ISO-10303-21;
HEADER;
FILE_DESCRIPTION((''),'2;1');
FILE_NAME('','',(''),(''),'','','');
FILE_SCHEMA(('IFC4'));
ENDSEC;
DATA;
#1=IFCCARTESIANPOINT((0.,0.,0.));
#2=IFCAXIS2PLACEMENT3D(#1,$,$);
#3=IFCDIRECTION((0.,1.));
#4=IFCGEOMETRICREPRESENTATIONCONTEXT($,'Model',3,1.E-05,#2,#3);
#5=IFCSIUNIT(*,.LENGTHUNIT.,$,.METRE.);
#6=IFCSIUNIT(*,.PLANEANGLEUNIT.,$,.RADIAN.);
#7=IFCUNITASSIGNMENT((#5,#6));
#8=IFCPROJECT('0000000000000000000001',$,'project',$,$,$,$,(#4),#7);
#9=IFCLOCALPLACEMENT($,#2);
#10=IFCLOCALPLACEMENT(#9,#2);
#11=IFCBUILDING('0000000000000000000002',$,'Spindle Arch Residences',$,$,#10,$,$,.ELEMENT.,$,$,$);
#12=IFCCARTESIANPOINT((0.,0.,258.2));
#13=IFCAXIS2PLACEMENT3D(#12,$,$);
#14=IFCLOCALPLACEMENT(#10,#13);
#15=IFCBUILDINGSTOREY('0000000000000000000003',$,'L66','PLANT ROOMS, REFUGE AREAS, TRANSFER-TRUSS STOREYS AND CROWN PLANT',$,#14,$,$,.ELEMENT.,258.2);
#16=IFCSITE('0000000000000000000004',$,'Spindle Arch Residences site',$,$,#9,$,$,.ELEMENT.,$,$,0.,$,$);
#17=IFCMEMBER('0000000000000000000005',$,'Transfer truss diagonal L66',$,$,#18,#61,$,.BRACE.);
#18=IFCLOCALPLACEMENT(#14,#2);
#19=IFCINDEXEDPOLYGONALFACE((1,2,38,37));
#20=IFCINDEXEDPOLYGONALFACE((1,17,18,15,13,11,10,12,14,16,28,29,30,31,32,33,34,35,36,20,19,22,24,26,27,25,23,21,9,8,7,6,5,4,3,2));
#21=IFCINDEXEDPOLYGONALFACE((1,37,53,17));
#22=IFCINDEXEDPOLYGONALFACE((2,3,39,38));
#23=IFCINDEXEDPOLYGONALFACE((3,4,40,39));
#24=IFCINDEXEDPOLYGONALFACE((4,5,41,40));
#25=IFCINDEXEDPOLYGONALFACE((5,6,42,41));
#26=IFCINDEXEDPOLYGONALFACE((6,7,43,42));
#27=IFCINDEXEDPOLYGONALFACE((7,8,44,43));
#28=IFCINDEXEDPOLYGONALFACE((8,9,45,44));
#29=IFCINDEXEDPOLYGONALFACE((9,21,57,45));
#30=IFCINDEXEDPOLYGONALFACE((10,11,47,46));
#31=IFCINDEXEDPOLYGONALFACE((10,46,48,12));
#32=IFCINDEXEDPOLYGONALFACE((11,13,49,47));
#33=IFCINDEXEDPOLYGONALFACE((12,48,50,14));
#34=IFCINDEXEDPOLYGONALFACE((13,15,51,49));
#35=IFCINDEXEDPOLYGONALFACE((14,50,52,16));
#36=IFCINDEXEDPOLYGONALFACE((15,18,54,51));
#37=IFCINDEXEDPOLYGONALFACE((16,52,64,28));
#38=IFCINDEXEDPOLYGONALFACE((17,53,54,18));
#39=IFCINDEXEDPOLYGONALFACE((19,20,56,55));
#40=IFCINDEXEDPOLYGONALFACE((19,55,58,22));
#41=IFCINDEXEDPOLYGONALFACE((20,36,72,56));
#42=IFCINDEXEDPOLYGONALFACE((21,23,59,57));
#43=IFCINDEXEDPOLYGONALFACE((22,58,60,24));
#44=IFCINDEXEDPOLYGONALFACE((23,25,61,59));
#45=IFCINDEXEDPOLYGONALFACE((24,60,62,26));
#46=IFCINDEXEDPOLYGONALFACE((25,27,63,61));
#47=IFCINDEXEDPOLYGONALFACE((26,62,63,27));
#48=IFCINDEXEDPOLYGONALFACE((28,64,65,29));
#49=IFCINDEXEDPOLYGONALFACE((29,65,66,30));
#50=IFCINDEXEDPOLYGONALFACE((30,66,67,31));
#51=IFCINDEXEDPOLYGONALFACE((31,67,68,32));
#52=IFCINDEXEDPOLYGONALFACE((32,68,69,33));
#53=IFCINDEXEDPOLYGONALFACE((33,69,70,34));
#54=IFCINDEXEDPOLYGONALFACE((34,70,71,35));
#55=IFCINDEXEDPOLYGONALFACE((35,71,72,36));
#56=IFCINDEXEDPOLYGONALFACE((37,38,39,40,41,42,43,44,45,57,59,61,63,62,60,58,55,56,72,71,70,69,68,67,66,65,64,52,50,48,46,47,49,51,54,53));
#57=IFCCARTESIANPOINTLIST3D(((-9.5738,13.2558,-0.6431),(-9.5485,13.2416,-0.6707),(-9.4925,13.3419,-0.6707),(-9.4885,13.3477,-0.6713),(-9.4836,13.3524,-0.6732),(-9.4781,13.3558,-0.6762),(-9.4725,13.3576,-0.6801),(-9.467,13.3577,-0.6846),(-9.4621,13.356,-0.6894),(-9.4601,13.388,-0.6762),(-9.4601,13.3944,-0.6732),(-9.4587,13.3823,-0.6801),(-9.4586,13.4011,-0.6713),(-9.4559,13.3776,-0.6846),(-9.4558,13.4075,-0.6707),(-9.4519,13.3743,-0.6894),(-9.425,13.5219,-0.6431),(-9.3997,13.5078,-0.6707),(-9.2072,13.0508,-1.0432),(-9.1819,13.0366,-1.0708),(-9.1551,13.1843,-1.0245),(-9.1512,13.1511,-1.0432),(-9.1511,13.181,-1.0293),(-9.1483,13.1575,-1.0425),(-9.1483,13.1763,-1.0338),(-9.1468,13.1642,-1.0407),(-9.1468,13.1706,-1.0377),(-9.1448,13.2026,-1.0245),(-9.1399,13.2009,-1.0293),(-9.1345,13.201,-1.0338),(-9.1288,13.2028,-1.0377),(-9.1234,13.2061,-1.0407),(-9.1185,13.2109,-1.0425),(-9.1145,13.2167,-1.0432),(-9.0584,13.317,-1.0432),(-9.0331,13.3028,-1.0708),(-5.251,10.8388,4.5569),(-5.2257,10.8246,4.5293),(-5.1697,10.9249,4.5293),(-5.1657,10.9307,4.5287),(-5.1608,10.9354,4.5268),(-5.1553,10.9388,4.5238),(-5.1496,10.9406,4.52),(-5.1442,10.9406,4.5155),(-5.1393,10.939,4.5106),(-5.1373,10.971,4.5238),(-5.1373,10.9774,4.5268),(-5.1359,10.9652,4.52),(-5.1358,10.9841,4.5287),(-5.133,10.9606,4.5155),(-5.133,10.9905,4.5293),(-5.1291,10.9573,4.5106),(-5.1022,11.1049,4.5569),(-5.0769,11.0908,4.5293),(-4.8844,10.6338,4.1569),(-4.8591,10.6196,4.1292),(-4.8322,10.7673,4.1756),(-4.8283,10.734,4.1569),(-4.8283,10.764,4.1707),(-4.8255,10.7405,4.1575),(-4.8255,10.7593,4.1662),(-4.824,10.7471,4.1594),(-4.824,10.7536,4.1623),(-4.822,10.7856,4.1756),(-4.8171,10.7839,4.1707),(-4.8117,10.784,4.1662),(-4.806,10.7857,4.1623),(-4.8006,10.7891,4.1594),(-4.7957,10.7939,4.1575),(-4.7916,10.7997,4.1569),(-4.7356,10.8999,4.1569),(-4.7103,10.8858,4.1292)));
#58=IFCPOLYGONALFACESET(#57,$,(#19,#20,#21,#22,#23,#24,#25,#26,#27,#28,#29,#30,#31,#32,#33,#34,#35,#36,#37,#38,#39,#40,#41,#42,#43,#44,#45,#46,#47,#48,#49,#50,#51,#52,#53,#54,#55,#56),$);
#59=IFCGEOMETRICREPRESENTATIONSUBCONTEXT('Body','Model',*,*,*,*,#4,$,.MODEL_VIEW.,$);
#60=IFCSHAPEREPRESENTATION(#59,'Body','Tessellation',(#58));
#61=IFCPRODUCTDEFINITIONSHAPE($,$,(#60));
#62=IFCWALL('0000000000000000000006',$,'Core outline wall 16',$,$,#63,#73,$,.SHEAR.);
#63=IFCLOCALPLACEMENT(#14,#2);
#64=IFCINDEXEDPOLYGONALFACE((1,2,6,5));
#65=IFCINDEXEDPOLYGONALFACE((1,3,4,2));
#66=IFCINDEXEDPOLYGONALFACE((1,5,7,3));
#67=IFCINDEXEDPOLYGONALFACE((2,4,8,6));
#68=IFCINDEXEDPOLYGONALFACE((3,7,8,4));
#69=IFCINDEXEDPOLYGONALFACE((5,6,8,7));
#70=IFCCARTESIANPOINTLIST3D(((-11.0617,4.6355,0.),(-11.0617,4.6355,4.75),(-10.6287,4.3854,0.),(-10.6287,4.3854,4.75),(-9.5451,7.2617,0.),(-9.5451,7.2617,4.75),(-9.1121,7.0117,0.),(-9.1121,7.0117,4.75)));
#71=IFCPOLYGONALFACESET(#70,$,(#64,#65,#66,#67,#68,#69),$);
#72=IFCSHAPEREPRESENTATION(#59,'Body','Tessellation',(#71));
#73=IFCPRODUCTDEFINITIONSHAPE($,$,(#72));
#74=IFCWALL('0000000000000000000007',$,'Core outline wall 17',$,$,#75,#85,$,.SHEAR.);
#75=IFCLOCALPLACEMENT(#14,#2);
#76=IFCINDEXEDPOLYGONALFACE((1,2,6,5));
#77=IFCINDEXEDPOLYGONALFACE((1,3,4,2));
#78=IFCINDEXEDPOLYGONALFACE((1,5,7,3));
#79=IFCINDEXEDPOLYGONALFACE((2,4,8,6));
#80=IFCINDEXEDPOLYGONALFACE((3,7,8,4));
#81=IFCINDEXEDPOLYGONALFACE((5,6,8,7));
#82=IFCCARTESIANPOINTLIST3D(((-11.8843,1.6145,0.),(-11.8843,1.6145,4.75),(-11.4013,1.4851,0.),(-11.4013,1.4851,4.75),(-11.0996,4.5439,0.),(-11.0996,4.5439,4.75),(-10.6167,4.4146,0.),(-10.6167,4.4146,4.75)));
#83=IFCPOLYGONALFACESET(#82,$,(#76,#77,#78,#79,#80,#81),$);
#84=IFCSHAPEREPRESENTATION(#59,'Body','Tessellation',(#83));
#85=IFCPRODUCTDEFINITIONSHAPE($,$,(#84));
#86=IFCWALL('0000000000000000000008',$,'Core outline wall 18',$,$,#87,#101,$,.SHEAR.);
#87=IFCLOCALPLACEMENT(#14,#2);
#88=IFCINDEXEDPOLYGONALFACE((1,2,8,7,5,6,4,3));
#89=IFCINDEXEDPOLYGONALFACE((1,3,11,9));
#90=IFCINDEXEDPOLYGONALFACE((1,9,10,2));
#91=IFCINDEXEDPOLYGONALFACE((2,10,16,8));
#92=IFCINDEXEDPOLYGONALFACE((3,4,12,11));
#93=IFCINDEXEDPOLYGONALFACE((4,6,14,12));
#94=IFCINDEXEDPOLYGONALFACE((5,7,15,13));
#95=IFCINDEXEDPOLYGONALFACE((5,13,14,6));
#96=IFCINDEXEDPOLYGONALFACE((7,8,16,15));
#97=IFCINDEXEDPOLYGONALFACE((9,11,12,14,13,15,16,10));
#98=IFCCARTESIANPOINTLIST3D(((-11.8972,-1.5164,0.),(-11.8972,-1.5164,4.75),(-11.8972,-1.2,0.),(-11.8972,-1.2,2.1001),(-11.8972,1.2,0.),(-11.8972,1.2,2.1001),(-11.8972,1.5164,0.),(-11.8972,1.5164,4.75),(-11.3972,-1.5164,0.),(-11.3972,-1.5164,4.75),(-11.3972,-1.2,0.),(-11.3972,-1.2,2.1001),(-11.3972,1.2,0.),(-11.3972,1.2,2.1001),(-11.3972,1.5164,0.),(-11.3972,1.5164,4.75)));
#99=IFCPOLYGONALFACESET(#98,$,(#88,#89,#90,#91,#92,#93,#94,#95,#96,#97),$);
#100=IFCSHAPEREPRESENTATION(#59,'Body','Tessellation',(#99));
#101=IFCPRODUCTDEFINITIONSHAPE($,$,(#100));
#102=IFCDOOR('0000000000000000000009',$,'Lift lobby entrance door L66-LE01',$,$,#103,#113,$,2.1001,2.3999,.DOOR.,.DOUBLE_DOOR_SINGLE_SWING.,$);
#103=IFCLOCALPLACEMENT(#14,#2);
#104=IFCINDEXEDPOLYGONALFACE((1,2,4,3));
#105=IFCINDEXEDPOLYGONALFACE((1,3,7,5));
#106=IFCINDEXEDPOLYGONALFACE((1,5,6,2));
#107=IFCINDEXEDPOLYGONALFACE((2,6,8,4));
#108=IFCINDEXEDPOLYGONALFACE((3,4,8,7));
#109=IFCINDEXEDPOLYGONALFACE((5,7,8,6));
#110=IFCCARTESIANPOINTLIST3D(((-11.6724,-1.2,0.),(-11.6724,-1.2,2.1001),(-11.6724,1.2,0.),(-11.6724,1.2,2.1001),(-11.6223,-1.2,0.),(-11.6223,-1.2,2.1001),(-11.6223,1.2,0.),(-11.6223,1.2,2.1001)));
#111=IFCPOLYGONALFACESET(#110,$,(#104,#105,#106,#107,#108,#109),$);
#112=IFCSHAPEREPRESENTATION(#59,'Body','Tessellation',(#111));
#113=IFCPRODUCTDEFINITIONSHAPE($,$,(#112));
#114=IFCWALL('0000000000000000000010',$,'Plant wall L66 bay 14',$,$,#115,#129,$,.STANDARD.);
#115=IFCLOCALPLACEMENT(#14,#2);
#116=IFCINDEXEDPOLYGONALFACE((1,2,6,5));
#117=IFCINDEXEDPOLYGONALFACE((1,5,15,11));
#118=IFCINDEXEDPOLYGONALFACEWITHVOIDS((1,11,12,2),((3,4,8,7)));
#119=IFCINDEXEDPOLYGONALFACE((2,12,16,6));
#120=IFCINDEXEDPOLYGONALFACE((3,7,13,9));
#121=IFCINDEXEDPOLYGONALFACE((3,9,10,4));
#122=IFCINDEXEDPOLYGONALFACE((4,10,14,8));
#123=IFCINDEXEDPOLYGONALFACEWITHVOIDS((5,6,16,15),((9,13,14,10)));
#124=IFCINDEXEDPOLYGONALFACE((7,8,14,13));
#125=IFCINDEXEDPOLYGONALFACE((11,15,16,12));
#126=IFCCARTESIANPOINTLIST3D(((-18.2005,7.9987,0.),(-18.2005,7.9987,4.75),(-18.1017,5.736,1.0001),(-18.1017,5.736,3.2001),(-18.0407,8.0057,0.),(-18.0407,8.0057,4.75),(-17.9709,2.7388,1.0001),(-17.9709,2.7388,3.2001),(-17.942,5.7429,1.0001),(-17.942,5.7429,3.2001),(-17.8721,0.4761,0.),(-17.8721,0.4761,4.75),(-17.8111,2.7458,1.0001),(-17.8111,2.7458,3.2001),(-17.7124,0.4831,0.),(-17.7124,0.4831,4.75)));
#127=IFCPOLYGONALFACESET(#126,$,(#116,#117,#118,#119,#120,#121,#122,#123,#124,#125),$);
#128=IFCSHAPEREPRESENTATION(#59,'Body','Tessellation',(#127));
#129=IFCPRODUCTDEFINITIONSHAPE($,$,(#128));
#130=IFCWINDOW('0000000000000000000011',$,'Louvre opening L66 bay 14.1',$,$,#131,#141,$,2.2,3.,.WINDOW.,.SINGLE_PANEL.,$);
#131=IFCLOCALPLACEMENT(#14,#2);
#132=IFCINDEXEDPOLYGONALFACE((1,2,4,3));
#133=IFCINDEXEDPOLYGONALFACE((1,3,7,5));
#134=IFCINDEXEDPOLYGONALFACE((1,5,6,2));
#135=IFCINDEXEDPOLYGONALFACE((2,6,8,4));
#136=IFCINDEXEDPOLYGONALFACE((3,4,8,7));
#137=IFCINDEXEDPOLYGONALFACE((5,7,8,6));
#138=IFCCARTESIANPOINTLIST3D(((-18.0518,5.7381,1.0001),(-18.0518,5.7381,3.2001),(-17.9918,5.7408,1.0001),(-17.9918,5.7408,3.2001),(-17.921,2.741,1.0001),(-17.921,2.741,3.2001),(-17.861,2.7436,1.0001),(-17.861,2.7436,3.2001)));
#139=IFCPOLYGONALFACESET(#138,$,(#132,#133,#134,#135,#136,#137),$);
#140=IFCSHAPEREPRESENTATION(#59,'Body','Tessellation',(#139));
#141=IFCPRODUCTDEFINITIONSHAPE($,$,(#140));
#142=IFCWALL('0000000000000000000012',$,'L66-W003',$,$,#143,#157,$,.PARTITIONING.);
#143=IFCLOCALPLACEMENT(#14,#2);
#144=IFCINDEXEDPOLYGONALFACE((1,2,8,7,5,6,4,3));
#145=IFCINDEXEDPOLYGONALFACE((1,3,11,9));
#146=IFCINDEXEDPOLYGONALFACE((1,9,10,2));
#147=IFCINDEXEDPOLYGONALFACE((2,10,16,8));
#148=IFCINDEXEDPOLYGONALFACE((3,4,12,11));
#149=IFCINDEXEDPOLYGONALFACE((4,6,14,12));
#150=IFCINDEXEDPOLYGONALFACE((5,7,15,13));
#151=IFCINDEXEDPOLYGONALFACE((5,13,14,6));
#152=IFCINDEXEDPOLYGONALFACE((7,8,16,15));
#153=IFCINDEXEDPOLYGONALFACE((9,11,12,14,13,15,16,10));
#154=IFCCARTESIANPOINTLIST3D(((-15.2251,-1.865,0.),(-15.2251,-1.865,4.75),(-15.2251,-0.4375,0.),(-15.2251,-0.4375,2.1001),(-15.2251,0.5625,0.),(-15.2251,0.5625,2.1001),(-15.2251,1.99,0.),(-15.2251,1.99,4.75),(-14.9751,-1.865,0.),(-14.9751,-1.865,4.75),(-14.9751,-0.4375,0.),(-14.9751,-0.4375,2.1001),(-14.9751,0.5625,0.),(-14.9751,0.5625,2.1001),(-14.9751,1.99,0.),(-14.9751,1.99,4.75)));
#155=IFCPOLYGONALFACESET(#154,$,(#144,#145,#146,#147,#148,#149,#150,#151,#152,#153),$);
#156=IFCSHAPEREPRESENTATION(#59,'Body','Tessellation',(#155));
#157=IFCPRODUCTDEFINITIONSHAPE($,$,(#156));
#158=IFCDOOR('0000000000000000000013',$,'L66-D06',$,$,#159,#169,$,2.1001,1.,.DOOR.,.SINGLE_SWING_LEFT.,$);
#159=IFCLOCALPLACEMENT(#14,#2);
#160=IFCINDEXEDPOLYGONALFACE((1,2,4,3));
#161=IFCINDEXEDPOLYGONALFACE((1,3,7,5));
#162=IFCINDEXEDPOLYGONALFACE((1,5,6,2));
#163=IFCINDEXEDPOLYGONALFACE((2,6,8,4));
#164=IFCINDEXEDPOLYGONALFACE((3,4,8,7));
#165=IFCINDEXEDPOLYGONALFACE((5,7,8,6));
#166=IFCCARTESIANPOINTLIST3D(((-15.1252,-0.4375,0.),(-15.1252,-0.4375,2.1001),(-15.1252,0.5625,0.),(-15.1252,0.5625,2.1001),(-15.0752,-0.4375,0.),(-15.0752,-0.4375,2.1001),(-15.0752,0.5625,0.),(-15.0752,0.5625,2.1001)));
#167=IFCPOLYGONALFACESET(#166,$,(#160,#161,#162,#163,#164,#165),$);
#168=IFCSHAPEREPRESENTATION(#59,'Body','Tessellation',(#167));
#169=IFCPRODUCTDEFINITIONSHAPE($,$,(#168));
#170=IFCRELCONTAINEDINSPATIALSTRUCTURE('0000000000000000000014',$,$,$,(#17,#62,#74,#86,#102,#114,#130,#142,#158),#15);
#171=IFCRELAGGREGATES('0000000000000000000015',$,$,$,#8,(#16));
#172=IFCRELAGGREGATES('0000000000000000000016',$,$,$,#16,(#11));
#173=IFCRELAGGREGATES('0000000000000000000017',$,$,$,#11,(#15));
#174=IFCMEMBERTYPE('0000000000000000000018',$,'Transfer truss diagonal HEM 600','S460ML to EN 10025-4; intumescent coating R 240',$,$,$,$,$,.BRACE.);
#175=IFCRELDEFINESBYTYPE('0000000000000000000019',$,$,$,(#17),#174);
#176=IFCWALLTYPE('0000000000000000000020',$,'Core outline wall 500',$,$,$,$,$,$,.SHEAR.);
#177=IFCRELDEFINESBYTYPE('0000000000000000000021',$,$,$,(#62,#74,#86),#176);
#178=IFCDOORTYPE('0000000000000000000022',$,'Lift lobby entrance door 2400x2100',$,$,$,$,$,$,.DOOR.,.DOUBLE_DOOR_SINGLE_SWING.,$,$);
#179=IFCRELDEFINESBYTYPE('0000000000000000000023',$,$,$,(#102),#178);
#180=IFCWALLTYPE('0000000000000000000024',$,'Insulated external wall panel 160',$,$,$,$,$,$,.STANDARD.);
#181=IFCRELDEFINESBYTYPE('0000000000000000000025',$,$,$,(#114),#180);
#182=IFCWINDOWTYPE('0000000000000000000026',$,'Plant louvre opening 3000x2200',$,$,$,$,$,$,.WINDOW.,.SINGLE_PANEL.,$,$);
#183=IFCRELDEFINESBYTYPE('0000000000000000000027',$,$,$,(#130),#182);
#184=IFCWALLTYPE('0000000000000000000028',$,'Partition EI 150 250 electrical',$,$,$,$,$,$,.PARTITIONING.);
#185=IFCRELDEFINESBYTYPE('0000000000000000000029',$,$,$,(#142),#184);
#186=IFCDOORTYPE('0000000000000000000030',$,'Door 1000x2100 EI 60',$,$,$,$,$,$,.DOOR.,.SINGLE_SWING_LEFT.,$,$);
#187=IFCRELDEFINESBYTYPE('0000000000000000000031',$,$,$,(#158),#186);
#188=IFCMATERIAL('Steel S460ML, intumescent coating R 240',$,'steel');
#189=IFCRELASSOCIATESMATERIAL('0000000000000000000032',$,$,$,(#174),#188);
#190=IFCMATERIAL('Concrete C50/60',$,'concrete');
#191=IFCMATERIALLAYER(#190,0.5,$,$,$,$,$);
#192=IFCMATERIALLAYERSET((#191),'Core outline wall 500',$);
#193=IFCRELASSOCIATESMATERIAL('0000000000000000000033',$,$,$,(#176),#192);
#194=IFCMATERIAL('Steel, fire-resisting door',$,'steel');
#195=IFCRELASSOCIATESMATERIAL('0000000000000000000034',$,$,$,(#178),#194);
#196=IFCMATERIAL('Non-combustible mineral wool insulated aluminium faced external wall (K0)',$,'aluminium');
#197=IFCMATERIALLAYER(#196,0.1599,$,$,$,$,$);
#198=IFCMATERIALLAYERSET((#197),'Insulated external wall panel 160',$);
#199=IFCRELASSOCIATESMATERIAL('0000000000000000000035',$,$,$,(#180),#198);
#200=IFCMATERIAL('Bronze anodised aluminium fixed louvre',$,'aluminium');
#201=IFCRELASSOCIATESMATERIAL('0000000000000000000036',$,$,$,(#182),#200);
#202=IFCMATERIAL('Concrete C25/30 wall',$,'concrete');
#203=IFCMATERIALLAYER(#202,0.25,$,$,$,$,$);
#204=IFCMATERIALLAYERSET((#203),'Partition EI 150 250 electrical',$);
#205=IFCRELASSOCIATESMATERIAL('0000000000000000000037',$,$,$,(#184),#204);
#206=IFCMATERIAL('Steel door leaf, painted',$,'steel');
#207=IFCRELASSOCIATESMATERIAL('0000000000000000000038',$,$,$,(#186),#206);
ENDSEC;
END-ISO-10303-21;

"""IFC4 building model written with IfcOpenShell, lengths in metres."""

from ifc_helpers import new_model, si_unit, direction, frame, frame_2d, origin, origin_2d, place, context, subcontext, project, spatial, rectangle, i_section, extrude, material, layer, layer_set, material_profile, profile_set, type_object, element, fill, save


model = new_model("IFC4")

# Units and contexts
model_context = context("Model", 3, precision=1e-05, world=origin(), true_north=direction((0.0, 1.0)))
body_context = subcontext(model_context, "Body", "Model", "MODEL_VIEW")
ifc_project = project(units=[si_unit("LENGTHUNIT", "METRE"), si_unit("PLANEANGLEUNIT", "RADIAN")], contexts=[model_context])

# Site, building, storey
site_placement = place(None, origin())
site = spatial("IfcSite", under=ifc_project, at=site_placement, Name="Spindle Arch Residences site", CompositionType="ELEMENT", RefElevation=0.0)
building_placement = place(site_placement, origin())
building = spatial("IfcBuilding", under=site, at=building_placement, Name="Spindle Arch Residences", CompositionType="ELEMENT")
storey_placement = place(building_placement, frame((0.0, 0.0, 258.2)))
storey = spatial("IfcBuildingStorey", under=building, at=storey_placement, Name="L66", Description="PLANT ROOMS, REFUGE AREAS, TRANSFER-TRUSS STOREYS AND CROWN PLANT", CompositionType="ELEMENT", Elevation=258.2)

# Member
ifc_material_1 = material(Name="Steel S460ML, intumescent coating R 240", Category="steel")
ifc_material_profile_1 = material_profile(ifc_material_1, i_section(OverallWidth=0.3049, OverallDepth=0.6201, WebThickness=0.021, FlangeThickness=0.04, FilletRadius=0.0271, at=origin_2d()), Name="HEM 600")
ifc_profile_set_1 = profile_set([ifc_material_profile_1], Name="Steel S460ML, intumescent coating R 240")
member_type_1 = type_object("IfcMemberType", Name="Transfer truss diagonal HEM 600", Description="S460ML to EN 10025-4; intumescent coating R 240", PredefinedType="BRACE", material=ifc_profile_set_1)
member_1_placement = place(storey_placement, frame((-9.3035, 13.2793, -0.8569), z_axis=(0.601966, -0.336579, 0.724121), x_axis=(0.488027, 0.872829, 0.0)))
element("IfcMember", 1, at=member_1_placement, inside=storey, type_object=member_type_1, Name="Transfer truss diagonal L66", PredefinedType="BRACE", context=body_context, shape_type="SweptSolid", body=[
    extrude(i_section(OverallWidth=0.3049, OverallDepth=0.6201, WebThickness=0.021, FlangeThickness=0.04, FilletRadius=0.0271, at=origin_2d()), origin(), (0.0, 0.0, 1.0), 7.1812),
])

# Walls
ifc_material_2 = material(Name="Concrete C50/60", Category="concrete")
ifc_layer_1 = layer(ifc_material_2, 0.5)
ifc_layer_set_1 = layer_set([ifc_layer_1], Name="Core outline wall 500")
wall_type_1 = type_object("IfcWallType", Name="Core outline wall 500", PredefinedType="SHEAR", material=ifc_layer_set_1)
for number, where, z_axis, x_axis, name in (
    (2, (-9.3286, 7.1367, 0.0), (0.0, 0.0, 1.0), (-0.500087, -0.865975, 0.0), "Core outline wall 16"),
    (3, (-10.8582, 4.4792, 0.0), (0.0, 0.0, 1.0), (-0.258735, -0.965948, 0.0), "Core outline wall 17"),
):
    element("IfcWall", number, at=place(storey_placement, frame(where, z_axis=z_axis, x_axis=x_axis)), inside=storey, type_object=wall_type_1, Name=name, PredefinedType="SHEAR", context=body_context, shape_type="SweptSolid", body=[
        extrude(rectangle(XDim=3.0327, YDim=0.5, at=frame_2d((1.5164, 0.0))), origin(), (0.0, 0.0, 1.0), 4.75),
    ])

# Wall, opening, door
wall_1_placement = place(storey_placement, frame((-11.6472, 1.5164, 0.0), z_axis=(0.0, 0.0, 1.0), x_axis=(0.0, -1.0, 0.0)))
wall_1 = element("IfcWall", 4, at=wall_1_placement, inside=storey, type_object=wall_type_1, Name="Core outline wall 18", PredefinedType="SHEAR", context=body_context, shape_type="SweptSolid", body=[
    extrude(rectangle(XDim=3.0327, YDim=0.5, at=frame_2d((1.5164, 0.0))), origin(), (0.0, 0.0, 1.0), 4.75),
])
opening_1_placement = place(wall_1_placement, frame((0.3164, 0.0, 0.0)))
opening_1 = element("IfcOpeningElement", 5, at=opening_1_placement, cuts=wall_1, PredefinedType="OPENING", context=body_context, shape_type="SweptSolid", body=[
    extrude(rectangle(XDim=2.3999, YDim=2.1001, at=frame_2d((1.2, 1.05))), frame((0.0, 0.26, 0.0), z_axis=(0.0, -1.0, 0.0), x_axis=(1.0, 0.0, 0.0)), (0.0, 0.0, 1.0), 0.52),
])
ifc_material_3 = material(Name="Steel, fire-resisting door", Category="steel")
door_type_1 = type_object("IfcDoorType", Name="Lift lobby entrance door 2400x2100", OperationType="DOUBLE_DOOR_SINGLE_SWING", PredefinedType="DOOR", material=ifc_material_3)
door_1_placement = place(opening_1_placement, origin())
door_1 = element("IfcDoor", 6, at=door_1_placement, inside=storey, type_object=door_type_1, Name="Lift lobby entrance door L66-LE01", OperationType="DOUBLE_DOOR_SINGLE_SWING", OverallHeight=2.1001, OverallWidth=2.3999, PredefinedType="DOOR", context=body_context, shape_type="SweptSolid", body=[
    extrude(rectangle(XDim=2.3999, YDim=2.1001, at=frame_2d((1.2, 1.05))), frame((0.0, 0.0249, 0.0), z_axis=(0.0, -1.0, 0.0), x_axis=(1.0, 0.0, 0.0)), (0.0, 0.0, 1.0), 0.05),
])
fill(opening_1, door_1)

# Wall, opening, window
ifc_material_4 = material(Name="Non-combustible mineral wool insulated aluminium faced external wall (K0)", Category="aluminium")
ifc_layer_2 = layer(ifc_material_4, 0.1599)
ifc_layer_set_2 = layer_set([ifc_layer_2], Name="Insulated external wall panel 160")
wall_type_2 = type_object("IfcWallType", Name="Insulated external wall panel 160", PredefinedType="STANDARD", material=ifc_layer_set_2)
wall_2_placement = place(storey_placement, frame((-18.1206, 8.0022, 0.0), z_axis=(0.0, 0.0, 1.0), x_axis=(0.043609, -0.999049, 0.0)))
wall_2 = element("IfcWall", 7, at=wall_2_placement, inside=storey, type_object=wall_type_2, Name="Plant wall L66 bay 14", PredefinedType="STANDARD", context=body_context, shape_type="SweptSolid", body=[
    extrude(rectangle(XDim=7.5298, YDim=0.1599, at=frame_2d((3.7649, 0.0))), origin(), (0.0, 0.0, 1.0), 4.75),
])
opening_2_placement = place(wall_2_placement, frame((2.2649, 0.0, 1.0)))
opening_2 = element("IfcOpeningElement", 8, at=opening_2_placement, cuts=wall_2, PredefinedType="OPENING", context=body_context, shape_type="SweptSolid", body=[
    extrude(rectangle(XDim=3.0, YDim=2.2, at=frame_2d((1.5, 1.1001))), frame((0.0, 0.0898, 0.0), z_axis=(0.0, -1.0, 0.0), x_axis=(1.0, 0.0, 0.0)), (0.0, 0.0, 1.0), 0.1799),
])
ifc_material_5 = material(Name="Bronze anodised aluminium fixed louvre", Category="aluminium")
window_type = type_object("IfcWindowType", Name="Plant louvre opening 3000x2200", PartitioningType="SINGLE_PANEL", PredefinedType="WINDOW", material=ifc_material_5)
window_placement = place(opening_2_placement, origin())
window = element("IfcWindow", 9, at=window_placement, inside=storey, type_object=window_type, Name="Louvre opening L66 bay 14.1", OverallHeight=2.2, OverallWidth=3.0, PartitioningType="SINGLE_PANEL", PredefinedType="WINDOW", context=body_context, shape_type="SweptSolid", body=[
    extrude(rectangle(XDim=3.0, YDim=2.2, at=frame_2d((1.5, 1.1001))), frame((0.0, 0.03, 0.0), z_axis=(0.0, -1.0, 0.0), x_axis=(1.0, 0.0, 0.0)), (0.0, 0.0, 1.0), 0.0601),
])
fill(opening_2, window)

# Wall, opening, door
ifc_material_6 = material(Name="Concrete C25/30 wall", Category="concrete")
ifc_layer_3 = layer(ifc_material_6, 0.25)
ifc_layer_set_3 = layer_set([ifc_layer_3], Name="Partition EI 150 250 electrical")
wall_type_3 = type_object("IfcWallType", Name="Partition EI 150 250 electrical", PredefinedType="PARTITIONING", material=ifc_layer_set_3)
wall_3_placement = place(storey_placement, frame((-15.1001, 1.99, 0.0), z_axis=(0.0, 0.0, 1.0), x_axis=(0.0, -1.0, 0.0)))
wall_3 = element("IfcWall", 10, at=wall_3_placement, inside=storey, type_object=wall_type_3, Name="L66-W003", PredefinedType="PARTITIONING", context=body_context, shape_type="SweptSolid", body=[
    extrude(rectangle(XDim=3.855, YDim=0.25, at=frame_2d((1.9275, 0.0))), origin(), (0.0, 0.0, 1.0), 4.75),
])
opening_3_placement = place(wall_3_placement, frame((1.4275, 0.0, 0.0)))
opening_3 = element("IfcOpeningElement", 11, at=opening_3_placement, cuts=wall_3, PredefinedType="OPENING", context=body_context, shape_type="SweptSolid", body=[
    extrude(rectangle(XDim=1.0, YDim=2.1001, at=frame_2d((0.5, 1.05))), frame((0.0, 0.135, 0.0), z_axis=(0.0, -1.0, 0.0), x_axis=(1.0, 0.0, 0.0)), (0.0, 0.0, 1.0), 0.27),
])
ifc_material_7 = material(Name="Steel door leaf, painted", Category="steel")
door_type_2 = type_object("IfcDoorType", Name="Door 1000x2100 EI 60", OperationType="SINGLE_SWING_LEFT", PredefinedType="DOOR", material=ifc_material_7)
door_2_placement = place(opening_3_placement, origin())
door_2 = element("IfcDoor", 12, at=door_2_placement, inside=storey, type_object=door_type_2, Name="L66-D06", OperationType="SINGLE_SWING_LEFT", OverallHeight=2.1001, OverallWidth=1.0, PredefinedType="DOOR", context=body_context, shape_type="SweptSolid", body=[
    extrude(rectangle(XDim=1.0, YDim=2.1001, at=frame_2d((0.5, 1.05))), frame((0.0, 0.0249, 0.0), z_axis=(0.0, -1.0, 0.0), x_axis=(1.0, 0.0, 0.0)), (0.0, 0.0, 1.0), 0.05),
])
fill(opening_3, door_2)

save(model, "model.ifc")
